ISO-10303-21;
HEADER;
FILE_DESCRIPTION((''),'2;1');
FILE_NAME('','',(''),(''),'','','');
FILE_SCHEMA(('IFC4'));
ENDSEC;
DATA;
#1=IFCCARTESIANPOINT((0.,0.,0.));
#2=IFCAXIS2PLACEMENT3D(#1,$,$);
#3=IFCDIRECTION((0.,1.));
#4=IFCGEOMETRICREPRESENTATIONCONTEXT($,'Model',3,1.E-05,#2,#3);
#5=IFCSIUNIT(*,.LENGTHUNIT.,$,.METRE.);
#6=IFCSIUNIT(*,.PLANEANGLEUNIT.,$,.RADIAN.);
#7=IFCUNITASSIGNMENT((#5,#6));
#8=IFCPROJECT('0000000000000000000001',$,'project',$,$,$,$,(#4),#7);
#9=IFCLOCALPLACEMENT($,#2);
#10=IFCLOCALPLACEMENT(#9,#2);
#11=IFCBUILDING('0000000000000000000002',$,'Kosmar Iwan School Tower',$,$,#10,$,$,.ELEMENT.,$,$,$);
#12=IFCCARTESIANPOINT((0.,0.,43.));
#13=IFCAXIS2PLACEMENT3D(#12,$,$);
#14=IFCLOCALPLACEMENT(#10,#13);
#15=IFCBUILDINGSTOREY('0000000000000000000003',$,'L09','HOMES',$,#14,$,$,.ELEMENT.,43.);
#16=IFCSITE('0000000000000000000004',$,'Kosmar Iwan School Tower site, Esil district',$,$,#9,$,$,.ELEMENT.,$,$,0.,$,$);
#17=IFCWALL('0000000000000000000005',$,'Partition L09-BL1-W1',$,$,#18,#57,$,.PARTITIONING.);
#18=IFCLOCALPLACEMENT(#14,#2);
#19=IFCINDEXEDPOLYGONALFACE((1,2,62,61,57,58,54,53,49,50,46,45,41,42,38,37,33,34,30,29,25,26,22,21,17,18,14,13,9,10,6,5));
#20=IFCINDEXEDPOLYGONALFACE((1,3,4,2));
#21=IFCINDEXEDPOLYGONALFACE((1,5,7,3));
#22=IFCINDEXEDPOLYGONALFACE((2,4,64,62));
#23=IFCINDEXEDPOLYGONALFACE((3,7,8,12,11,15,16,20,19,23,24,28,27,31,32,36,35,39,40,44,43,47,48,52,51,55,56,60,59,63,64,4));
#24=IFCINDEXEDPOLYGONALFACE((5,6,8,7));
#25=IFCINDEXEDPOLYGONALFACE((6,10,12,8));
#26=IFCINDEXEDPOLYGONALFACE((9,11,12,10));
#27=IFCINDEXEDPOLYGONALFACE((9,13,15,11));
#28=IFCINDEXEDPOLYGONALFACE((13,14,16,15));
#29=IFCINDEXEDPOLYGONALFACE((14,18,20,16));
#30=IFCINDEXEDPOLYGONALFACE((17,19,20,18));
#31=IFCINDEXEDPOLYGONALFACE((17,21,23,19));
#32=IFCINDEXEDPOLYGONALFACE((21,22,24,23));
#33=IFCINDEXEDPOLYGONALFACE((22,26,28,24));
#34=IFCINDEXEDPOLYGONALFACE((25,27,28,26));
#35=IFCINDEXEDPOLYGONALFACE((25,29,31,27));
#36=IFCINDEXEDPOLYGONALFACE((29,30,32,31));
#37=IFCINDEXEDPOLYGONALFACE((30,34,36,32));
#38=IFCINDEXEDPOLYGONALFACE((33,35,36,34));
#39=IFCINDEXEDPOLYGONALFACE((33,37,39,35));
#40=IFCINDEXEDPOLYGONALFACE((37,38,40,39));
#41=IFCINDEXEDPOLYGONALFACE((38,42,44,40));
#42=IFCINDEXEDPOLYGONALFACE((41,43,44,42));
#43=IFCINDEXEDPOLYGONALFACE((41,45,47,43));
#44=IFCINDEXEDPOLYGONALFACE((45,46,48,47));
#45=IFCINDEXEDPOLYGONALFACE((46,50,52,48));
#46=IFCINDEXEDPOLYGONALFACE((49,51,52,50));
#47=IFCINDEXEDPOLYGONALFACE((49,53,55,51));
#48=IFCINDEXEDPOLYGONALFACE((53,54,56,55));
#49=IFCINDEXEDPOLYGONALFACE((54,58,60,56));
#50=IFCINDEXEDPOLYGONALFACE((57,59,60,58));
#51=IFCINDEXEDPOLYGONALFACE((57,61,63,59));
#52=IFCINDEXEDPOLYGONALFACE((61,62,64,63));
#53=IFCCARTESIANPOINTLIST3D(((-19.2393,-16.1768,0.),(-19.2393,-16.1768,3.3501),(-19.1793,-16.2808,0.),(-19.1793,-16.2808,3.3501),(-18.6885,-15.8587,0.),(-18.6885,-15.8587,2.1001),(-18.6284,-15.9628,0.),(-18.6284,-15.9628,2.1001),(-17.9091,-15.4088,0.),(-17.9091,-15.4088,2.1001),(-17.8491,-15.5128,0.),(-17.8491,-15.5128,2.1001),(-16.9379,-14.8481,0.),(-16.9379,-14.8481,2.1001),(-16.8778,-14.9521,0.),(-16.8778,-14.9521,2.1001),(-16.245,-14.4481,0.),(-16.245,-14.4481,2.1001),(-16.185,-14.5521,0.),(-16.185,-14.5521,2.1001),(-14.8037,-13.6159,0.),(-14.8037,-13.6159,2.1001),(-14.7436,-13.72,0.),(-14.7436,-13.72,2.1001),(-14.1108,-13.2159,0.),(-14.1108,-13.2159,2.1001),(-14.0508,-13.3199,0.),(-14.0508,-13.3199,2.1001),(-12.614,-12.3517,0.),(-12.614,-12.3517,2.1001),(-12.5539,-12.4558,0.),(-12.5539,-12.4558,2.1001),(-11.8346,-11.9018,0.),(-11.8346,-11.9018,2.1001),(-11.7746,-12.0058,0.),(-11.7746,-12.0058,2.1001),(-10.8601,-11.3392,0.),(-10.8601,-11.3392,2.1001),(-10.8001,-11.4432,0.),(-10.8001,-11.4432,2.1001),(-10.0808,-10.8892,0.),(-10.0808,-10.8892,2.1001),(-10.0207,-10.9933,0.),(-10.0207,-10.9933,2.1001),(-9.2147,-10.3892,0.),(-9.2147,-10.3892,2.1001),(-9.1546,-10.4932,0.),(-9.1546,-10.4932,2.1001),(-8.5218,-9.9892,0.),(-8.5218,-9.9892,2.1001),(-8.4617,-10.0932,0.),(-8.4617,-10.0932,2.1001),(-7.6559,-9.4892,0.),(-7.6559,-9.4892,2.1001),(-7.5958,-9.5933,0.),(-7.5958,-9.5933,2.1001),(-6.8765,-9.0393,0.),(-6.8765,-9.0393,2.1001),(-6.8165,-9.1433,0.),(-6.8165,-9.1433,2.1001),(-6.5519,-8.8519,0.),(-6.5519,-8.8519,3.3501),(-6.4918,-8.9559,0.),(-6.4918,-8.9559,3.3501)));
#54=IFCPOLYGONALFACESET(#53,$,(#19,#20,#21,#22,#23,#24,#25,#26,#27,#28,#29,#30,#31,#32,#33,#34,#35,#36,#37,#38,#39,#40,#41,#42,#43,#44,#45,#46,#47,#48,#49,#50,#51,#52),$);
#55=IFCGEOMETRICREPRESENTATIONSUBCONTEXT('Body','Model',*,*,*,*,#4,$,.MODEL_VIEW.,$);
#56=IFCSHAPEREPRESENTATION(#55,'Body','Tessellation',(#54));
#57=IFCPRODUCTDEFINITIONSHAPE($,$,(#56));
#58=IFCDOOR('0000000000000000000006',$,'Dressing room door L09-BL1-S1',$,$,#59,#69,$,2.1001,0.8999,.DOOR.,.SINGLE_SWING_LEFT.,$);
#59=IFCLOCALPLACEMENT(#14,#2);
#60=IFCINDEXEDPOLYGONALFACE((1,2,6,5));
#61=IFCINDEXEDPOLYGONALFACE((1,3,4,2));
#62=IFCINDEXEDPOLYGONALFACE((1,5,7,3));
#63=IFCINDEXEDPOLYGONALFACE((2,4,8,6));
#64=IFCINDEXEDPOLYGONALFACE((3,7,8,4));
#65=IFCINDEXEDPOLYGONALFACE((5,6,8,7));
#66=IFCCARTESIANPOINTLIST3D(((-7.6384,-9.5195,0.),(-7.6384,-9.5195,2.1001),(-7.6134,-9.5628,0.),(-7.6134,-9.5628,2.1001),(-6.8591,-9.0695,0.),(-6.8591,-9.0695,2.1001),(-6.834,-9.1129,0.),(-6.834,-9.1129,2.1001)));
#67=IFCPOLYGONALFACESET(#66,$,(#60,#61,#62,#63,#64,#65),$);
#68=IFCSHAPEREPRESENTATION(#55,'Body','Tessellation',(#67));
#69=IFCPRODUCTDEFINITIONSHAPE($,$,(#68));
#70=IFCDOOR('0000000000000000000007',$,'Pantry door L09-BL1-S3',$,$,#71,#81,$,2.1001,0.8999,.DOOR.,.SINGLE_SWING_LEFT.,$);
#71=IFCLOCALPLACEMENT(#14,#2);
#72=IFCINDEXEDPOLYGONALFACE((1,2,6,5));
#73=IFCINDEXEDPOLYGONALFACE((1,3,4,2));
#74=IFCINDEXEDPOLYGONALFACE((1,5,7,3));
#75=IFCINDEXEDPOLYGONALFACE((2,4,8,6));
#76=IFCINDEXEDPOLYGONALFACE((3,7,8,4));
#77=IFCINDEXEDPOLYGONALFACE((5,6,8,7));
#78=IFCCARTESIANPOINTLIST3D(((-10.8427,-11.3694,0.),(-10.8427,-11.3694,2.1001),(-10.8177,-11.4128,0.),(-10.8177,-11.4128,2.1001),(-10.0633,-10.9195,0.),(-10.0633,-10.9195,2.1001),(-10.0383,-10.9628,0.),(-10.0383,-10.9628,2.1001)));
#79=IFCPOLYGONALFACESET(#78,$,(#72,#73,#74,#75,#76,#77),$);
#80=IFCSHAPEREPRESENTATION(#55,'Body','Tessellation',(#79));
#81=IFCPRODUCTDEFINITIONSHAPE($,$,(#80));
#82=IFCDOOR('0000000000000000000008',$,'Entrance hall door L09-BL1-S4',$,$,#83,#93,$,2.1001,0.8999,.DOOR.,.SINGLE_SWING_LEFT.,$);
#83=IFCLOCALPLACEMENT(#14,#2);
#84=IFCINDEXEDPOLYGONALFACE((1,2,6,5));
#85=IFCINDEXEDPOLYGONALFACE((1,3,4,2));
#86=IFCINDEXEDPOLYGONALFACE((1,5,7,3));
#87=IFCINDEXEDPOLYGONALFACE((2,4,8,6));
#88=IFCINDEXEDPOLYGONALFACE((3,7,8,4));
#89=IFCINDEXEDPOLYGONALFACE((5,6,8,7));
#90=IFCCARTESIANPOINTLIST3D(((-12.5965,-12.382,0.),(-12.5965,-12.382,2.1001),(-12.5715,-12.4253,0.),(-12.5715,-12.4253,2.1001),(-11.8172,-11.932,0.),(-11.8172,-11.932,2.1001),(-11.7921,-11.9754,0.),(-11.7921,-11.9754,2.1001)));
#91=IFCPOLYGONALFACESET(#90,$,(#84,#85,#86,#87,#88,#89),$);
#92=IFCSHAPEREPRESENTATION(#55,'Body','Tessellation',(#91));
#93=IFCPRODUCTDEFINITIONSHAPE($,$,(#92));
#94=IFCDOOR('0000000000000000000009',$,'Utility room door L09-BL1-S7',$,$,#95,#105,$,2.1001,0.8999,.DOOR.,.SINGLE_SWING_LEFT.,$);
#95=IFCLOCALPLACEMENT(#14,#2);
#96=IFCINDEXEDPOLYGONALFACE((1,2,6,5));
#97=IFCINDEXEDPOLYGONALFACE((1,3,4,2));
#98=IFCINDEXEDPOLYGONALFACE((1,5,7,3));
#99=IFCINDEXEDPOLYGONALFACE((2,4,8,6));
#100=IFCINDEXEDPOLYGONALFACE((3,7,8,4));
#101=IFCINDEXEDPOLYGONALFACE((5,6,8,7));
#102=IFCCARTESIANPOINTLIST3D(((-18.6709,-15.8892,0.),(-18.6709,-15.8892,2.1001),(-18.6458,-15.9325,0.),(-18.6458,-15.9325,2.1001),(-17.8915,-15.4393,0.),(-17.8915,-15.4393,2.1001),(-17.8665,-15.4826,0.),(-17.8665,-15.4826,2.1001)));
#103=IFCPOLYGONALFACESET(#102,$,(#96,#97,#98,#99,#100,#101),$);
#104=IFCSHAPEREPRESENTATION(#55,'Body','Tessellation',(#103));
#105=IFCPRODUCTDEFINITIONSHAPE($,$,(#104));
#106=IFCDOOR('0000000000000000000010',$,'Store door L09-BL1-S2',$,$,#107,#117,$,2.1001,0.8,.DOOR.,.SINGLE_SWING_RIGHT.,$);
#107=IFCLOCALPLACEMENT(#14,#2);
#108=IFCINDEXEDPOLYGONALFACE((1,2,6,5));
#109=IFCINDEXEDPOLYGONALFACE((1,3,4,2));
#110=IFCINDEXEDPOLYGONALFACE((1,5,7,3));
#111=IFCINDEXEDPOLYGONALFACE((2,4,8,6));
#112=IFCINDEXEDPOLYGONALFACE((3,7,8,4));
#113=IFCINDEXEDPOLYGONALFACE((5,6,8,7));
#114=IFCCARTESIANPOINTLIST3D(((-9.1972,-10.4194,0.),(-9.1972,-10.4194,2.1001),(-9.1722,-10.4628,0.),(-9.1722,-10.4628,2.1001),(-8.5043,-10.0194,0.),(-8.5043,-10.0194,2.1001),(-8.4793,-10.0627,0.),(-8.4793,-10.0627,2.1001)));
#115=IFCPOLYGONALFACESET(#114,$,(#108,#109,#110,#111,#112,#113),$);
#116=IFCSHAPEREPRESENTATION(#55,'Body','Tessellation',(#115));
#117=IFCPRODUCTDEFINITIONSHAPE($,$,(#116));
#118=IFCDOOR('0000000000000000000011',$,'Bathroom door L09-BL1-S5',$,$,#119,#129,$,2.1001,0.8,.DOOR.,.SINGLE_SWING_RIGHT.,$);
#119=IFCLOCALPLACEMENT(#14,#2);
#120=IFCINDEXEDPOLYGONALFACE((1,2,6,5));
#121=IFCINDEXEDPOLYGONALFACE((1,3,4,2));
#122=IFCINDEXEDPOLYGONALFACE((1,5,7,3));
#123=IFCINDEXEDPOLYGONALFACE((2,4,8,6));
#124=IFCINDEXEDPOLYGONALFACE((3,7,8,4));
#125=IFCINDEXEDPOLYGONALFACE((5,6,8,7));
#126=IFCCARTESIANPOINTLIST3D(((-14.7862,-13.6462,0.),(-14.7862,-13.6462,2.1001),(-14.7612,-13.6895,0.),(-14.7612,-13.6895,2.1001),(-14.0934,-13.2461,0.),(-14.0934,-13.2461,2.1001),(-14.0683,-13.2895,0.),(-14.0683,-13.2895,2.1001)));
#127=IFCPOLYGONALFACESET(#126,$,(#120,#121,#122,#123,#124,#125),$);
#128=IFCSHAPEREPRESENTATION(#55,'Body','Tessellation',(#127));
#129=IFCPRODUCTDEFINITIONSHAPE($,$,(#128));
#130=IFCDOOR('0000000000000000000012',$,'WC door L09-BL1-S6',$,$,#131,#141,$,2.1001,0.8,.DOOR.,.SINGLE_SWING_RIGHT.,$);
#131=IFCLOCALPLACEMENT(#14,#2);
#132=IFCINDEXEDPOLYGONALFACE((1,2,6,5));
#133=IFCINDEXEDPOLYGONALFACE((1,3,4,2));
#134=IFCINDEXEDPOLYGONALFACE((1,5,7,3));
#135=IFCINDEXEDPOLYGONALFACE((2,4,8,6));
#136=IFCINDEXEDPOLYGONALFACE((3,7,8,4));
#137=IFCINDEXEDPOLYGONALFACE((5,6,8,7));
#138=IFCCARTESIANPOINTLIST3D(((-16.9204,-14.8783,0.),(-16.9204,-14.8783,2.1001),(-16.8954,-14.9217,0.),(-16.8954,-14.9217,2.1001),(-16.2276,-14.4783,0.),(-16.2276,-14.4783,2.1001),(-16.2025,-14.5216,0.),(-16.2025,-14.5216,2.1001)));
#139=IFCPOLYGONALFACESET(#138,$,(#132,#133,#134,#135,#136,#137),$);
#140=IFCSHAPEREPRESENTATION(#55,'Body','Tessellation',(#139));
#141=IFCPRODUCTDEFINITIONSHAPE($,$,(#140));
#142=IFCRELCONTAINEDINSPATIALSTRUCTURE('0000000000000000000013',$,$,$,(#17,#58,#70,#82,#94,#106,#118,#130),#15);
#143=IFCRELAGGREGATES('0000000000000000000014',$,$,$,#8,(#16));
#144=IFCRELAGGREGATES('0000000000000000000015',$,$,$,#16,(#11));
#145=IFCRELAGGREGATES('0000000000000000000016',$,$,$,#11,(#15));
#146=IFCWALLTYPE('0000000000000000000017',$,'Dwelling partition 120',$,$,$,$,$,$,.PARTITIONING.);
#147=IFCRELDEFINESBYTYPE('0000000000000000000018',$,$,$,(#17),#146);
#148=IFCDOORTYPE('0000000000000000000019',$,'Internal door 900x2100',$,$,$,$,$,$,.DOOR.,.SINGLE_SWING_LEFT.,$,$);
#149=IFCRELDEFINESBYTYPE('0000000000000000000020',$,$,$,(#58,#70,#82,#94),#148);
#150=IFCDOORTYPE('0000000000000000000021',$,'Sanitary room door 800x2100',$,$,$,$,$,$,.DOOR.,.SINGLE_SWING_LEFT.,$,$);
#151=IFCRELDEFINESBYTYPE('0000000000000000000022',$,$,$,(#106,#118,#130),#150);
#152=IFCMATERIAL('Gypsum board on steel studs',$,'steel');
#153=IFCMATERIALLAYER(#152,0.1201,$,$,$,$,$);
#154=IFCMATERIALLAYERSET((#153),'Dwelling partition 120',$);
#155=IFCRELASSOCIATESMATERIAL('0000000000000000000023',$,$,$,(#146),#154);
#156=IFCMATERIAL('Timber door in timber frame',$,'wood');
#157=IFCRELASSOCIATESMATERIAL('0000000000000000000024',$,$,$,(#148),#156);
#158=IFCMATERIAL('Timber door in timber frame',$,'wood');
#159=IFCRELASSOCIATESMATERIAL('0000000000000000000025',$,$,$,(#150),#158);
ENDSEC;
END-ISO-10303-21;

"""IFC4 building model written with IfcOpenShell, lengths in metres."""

from ifc_helpers import new_model, si_unit, direction, frame, frame_2d, origin, place, context, subcontext, project, spatial, rectangle, extrude, material, layer, layer_set, type_object, element, fill, save


model = new_model("IFC4")

# Units and contexts
model_context = context("Model", 3, precision=1e-05, world=origin(), true_north=direction((0.0, 1.0)))
body_context = subcontext(model_context, "Body", "Model", "MODEL_VIEW")
ifc_project = project(units=[si_unit("LENGTHUNIT", "METRE"), si_unit("PLANEANGLEUNIT", "RADIAN")], contexts=[model_context])

# Site, building, storey
site_placement = place(None, origin())
site = spatial("IfcSite", under=ifc_project, at=site_placement, Name="Kosmar Iwan School Tower site, Esil district", CompositionType="ELEMENT", RefElevation=0.0)
building_placement = place(site_placement, origin())
building = spatial("IfcBuilding", under=site, at=building_placement, Name="Kosmar Iwan School Tower", CompositionType="ELEMENT")
storey_placement = place(building_placement, frame((0.0, 0.0, 43.0)))
storey = spatial("IfcBuildingStorey", under=building, at=storey_placement, Name="L09", Description="HOMES", CompositionType="ELEMENT", Elevation=43.0)

# Wall, openings, doors
ifc_material_1 = material(Name="Gypsum board on steel studs", Category="steel")
ifc_layer_1 = layer(ifc_material_1, 0.1201)
ifc_layer_set_1 = layer_set([ifc_layer_1], Name="Dwelling partition 120")
wall_type_1 = type_object("IfcWallType", Name="Dwelling partition 120", PredefinedType="PARTITIONING", material=ifc_layer_set_1)
wall_1_placement = place(storey_placement, frame((-6.5217, -8.9038, 0.0), z_axis=(0.0, 0.0, 1.0), x_axis=(-0.866031, -0.499991, 0.0)))
wall_1 = element("IfcWall", 1, at=wall_1_placement, inside=storey, type_object=wall_type_1, Name="Partition L09-BL1-W1", PredefinedType="PARTITIONING", context=body_context, shape_type="SweptSolid", body=[
    extrude(rectangle(XDim=14.6501, YDim=0.1201, at=frame_2d((7.3252, 0.0))), origin(), (0.0, 0.0, 1.0), 3.3501),
])
opening_1_placement = place(wall_1_placement, frame((0.375, 0.0, 0.0)))
opening_1 = element("IfcOpeningElement", 2, at=opening_1_placement, cuts=wall_1, PredefinedType="OPENING", context=body_context, shape_type="SweptSolid", body=[
    extrude(rectangle(XDim=0.8999, YDim=2.1001, at=frame_2d((0.45, 1.05))), frame((0.0, 0.072, 0.0), z_axis=(0.0, -1.0, 0.0), x_axis=(1.0, 0.0, 0.0)), (0.0, 0.0, 1.0), 0.144),
])
opening_2_placement = place(wall_1_placement, frame((2.2749, 0.0, 0.0)))
opening_2 = element("IfcOpeningElement", 3, at=opening_2_placement, cuts=wall_1, PredefinedType="OPENING", context=body_context, shape_type="SweptSolid", body=[
    extrude(rectangle(XDim=0.8, YDim=2.1001, at=frame_2d((0.3999, 1.05))), frame((0.0, 0.072, 0.0), z_axis=(0.0, -1.0, 0.0), x_axis=(1.0, 0.0, 0.0)), (0.0, 0.0, 1.0), 0.144),
])
opening_3_placement = place(wall_1_placement, frame((4.075, 0.0, 0.0)))
opening_3 = element("IfcOpeningElement", 4, at=opening_3_placement, cuts=wall_1, PredefinedType="OPENING", context=body_context, shape_type="SweptSolid", body=[
    extrude(rectangle(XDim=0.8999, YDim=2.1001, at=frame_2d((0.45, 1.05))), frame((0.0, 0.072, 0.0), z_axis=(0.0, -1.0, 0.0), x_axis=(1.0, 0.0, 0.0)), (0.0, 0.0, 1.0), 0.144),
])
opening_4_placement = place(wall_1_placement, frame((6.1001, 0.0, 0.0)))
opening_4 = element("IfcOpeningElement", 5, at=opening_4_placement, cuts=wall_1, PredefinedType="OPENING", context=body_context, shape_type="SweptSolid", body=[
    extrude(rectangle(XDim=0.8999, YDim=2.1001, at=frame_2d((0.45, 1.05))), frame((0.0, 0.072, 0.0), z_axis=(0.0, -1.0, 0.0), x_axis=(1.0, 0.0, 0.0)), (0.0, 0.0, 1.0), 0.144),
])
opening_5_placement = place(wall_1_placement, frame((8.7285, 0.0, 0.0)))
opening_5 = element("IfcOpeningElement", 6, at=opening_5_placement, cuts=wall_1, PredefinedType="OPENING", context=body_context, shape_type="SweptSolid", body=[
    extrude(rectangle(XDim=0.8, YDim=2.1001, at=frame_2d((0.3999, 1.05))), frame((0.0, 0.072, 0.0), z_axis=(0.0, -1.0, 0.0), x_axis=(1.0, 0.0, 0.0)), (0.0, 0.0, 1.0), 0.144),
])
opening_6_placement = place(wall_1_placement, frame((11.1929, 0.0, 0.0)))
opening_6 = element("IfcOpeningElement", 7, at=opening_6_placement, cuts=wall_1, PredefinedType="OPENING", context=body_context, shape_type="SweptSolid", body=[
    extrude(rectangle(XDim=0.8, YDim=2.1001, at=frame_2d((0.3999, 1.05))), frame((0.0, 0.072, 0.0), z_axis=(0.0, -1.0, 0.0), x_axis=(1.0, 0.0, 0.0)), (0.0, 0.0, 1.0), 0.144),
])
opening_7_placement = place(wall_1_placement, frame((13.1143, 0.0, 0.0)))
opening_7 = element("IfcOpeningElement", 8, at=opening_7_placement, cuts=wall_1, PredefinedType="OPENING", context=body_context, shape_type="SweptSolid", body=[
    extrude(rectangle(XDim=0.8999, YDim=2.1001, at=frame_2d((0.45, 1.05))), frame((0.0, 0.072, 0.0), z_axis=(0.0, -1.0, 0.0), x_axis=(1.0, 0.0, 0.0)), (0.0, 0.0, 1.0), 0.144),
])
ifc_material_2 = material(Name="Timber door in timber frame", Category="wood")
door_type_1 = type_object("IfcDoorType", Name="Internal door 900x2100", OperationType="SINGLE_SWING_LEFT", PredefinedType="DOOR", material=ifc_material_2)
door_1_placement = place(opening_1_placement, origin())
door_1 = element("IfcDoor", 9, at=door_1_placement, inside=storey, type_object=door_type_1, Name="Dressing room door L09-BL1-S1", OperationType="SINGLE_SWING_LEFT", OverallHeight=2.1001, OverallWidth=0.8999, PredefinedType="DOOR", context=body_context, shape_type="SweptSolid", body=[
    extrude(rectangle(XDim=0.8999, YDim=2.1001, at=frame_2d((0.45, 1.05))), frame((0.0, 0.0249, 0.0), z_axis=(0.0, -1.0, 0.0), x_axis=(1.0, 0.0, 0.0)), (0.0, 0.0, 1.0), 0.05),
])
fill(opening_1, door_1)
door_2_placement = place(opening_3_placement, origin())
door_2 = element("IfcDoor", 10, at=door_2_placement, inside=storey, type_object=door_type_1, Name="Pantry door L09-BL1-S3", OperationType="SINGLE_SWING_LEFT", OverallHeight=2.1001, OverallWidth=0.8999, PredefinedType="DOOR", context=body_context, shape_type="SweptSolid", body=[
    extrude(rectangle(XDim=0.8999, YDim=2.1001, at=frame_2d((0.45, 1.05))), frame((0.0, 0.0249, 0.0), z_axis=(0.0, -1.0, 0.0), x_axis=(1.0, 0.0, 0.0)), (0.0, 0.0, 1.0), 0.05),
])
fill(opening_3, door_2)
door_3_placement = place(opening_4_placement, origin())
door_3 = element("IfcDoor", 11, at=door_3_placement, inside=storey, type_object=door_type_1, Name="Entrance hall door L09-BL1-S4", OperationType="SINGLE_SWING_LEFT", OverallHeight=2.1001, OverallWidth=0.8999, PredefinedType="DOOR", context=body_context, shape_type="SweptSolid", body=[
    extrude(rectangle(XDim=0.8999, YDim=2.1001, at=frame_2d((0.45, 1.05))), frame((0.0, 0.0249, 0.0), z_axis=(0.0, -1.0, 0.0), x_axis=(1.0, 0.0, 0.0)), (0.0, 0.0, 1.0), 0.05),
])
fill(opening_4, door_3)
door_4_placement = place(opening_7_placement, frame((0.8999, 0.0, 0.0), z_axis=(0.0, 0.0, 1.0), x_axis=(-1.0, 0.0, 0.0)))
door_4 = element("IfcDoor", 12, at=door_4_placement, inside=storey, type_object=door_type_1, Name="Utility room door L09-BL1-S7", OperationType="SINGLE_SWING_LEFT", OverallHeight=2.1001, OverallWidth=0.8999, PredefinedType="DOOR", context=body_context, shape_type="SweptSolid", body=[
    extrude(rectangle(XDim=0.8999, YDim=2.1001, at=frame_2d((0.45, 1.05))), frame((0.0, 0.0249, 0.0), z_axis=(0.0, -1.0, 0.0), x_axis=(1.0, 0.0, 0.0)), (0.0, 0.0, 1.0), 0.05),
])
fill(opening_7, door_4)
ifc_material_3 = material(Name="Timber door in timber frame", Category="wood")
door_type_2 = type_object("IfcDoorType", Name="Sanitary room door 800x2100", OperationType="SINGLE_SWING_LEFT", PredefinedType="DOOR", material=ifc_material_3)
door_5_placement = place(opening_2_placement, origin())
door_5 = element("IfcDoor", 13, at=door_5_placement, inside=storey, type_object=door_type_2, Name="Store door L09-BL1-S2", OperationType="SINGLE_SWING_RIGHT", OverallHeight=2.1001, OverallWidth=0.8, PredefinedType="DOOR", context=body_context, shape_type="SweptSolid", body=[
    extrude(rectangle(XDim=0.8, YDim=2.1001, at=frame_2d((0.3999, 1.05))), frame((0.0, 0.0249, 0.0), z_axis=(0.0, -1.0, 0.0), x_axis=(1.0, 0.0, 0.0)), (0.0, 0.0, 1.0), 0.05),
])
fill(opening_2, door_5)
door_6_placement = place(opening_5_placement, origin())
door_6 = element("IfcDoor", 14, at=door_6_placement, inside=storey, type_object=door_type_2, Name="Bathroom door L09-BL1-S5", OperationType="SINGLE_SWING_RIGHT", OverallHeight=2.1001, OverallWidth=0.8, PredefinedType="DOOR", context=body_context, shape_type="SweptSolid", body=[
    extrude(rectangle(XDim=0.8, YDim=2.1001, at=frame_2d((0.3999, 1.05))), frame((0.0, 0.0249, 0.0), z_axis=(0.0, -1.0, 0.0), x_axis=(1.0, 0.0, 0.0)), (0.0, 0.0, 1.0), 0.05),
])
fill(opening_5, door_6)
door_7_placement = place(opening_6_placement, origin())
door_7 = element("IfcDoor", 15, at=door_7_placement, inside=storey, type_object=door_type_2, Name="WC door L09-BL1-S6", OperationType="SINGLE_SWING_RIGHT", OverallHeight=2.1001, OverallWidth=0.8, PredefinedType="DOOR", context=body_context, shape_type="SweptSolid", body=[
    extrude(rectangle(XDim=0.8, YDim=2.1001, at=frame_2d((0.3999, 1.05))), frame((0.0, 0.0249, 0.0), z_axis=(0.0, -1.0, 0.0), x_axis=(1.0, 0.0, 0.0)), (0.0, 0.0, 1.0), 0.05),
])
fill(opening_6, door_7)

save(model, "model.ifc")
